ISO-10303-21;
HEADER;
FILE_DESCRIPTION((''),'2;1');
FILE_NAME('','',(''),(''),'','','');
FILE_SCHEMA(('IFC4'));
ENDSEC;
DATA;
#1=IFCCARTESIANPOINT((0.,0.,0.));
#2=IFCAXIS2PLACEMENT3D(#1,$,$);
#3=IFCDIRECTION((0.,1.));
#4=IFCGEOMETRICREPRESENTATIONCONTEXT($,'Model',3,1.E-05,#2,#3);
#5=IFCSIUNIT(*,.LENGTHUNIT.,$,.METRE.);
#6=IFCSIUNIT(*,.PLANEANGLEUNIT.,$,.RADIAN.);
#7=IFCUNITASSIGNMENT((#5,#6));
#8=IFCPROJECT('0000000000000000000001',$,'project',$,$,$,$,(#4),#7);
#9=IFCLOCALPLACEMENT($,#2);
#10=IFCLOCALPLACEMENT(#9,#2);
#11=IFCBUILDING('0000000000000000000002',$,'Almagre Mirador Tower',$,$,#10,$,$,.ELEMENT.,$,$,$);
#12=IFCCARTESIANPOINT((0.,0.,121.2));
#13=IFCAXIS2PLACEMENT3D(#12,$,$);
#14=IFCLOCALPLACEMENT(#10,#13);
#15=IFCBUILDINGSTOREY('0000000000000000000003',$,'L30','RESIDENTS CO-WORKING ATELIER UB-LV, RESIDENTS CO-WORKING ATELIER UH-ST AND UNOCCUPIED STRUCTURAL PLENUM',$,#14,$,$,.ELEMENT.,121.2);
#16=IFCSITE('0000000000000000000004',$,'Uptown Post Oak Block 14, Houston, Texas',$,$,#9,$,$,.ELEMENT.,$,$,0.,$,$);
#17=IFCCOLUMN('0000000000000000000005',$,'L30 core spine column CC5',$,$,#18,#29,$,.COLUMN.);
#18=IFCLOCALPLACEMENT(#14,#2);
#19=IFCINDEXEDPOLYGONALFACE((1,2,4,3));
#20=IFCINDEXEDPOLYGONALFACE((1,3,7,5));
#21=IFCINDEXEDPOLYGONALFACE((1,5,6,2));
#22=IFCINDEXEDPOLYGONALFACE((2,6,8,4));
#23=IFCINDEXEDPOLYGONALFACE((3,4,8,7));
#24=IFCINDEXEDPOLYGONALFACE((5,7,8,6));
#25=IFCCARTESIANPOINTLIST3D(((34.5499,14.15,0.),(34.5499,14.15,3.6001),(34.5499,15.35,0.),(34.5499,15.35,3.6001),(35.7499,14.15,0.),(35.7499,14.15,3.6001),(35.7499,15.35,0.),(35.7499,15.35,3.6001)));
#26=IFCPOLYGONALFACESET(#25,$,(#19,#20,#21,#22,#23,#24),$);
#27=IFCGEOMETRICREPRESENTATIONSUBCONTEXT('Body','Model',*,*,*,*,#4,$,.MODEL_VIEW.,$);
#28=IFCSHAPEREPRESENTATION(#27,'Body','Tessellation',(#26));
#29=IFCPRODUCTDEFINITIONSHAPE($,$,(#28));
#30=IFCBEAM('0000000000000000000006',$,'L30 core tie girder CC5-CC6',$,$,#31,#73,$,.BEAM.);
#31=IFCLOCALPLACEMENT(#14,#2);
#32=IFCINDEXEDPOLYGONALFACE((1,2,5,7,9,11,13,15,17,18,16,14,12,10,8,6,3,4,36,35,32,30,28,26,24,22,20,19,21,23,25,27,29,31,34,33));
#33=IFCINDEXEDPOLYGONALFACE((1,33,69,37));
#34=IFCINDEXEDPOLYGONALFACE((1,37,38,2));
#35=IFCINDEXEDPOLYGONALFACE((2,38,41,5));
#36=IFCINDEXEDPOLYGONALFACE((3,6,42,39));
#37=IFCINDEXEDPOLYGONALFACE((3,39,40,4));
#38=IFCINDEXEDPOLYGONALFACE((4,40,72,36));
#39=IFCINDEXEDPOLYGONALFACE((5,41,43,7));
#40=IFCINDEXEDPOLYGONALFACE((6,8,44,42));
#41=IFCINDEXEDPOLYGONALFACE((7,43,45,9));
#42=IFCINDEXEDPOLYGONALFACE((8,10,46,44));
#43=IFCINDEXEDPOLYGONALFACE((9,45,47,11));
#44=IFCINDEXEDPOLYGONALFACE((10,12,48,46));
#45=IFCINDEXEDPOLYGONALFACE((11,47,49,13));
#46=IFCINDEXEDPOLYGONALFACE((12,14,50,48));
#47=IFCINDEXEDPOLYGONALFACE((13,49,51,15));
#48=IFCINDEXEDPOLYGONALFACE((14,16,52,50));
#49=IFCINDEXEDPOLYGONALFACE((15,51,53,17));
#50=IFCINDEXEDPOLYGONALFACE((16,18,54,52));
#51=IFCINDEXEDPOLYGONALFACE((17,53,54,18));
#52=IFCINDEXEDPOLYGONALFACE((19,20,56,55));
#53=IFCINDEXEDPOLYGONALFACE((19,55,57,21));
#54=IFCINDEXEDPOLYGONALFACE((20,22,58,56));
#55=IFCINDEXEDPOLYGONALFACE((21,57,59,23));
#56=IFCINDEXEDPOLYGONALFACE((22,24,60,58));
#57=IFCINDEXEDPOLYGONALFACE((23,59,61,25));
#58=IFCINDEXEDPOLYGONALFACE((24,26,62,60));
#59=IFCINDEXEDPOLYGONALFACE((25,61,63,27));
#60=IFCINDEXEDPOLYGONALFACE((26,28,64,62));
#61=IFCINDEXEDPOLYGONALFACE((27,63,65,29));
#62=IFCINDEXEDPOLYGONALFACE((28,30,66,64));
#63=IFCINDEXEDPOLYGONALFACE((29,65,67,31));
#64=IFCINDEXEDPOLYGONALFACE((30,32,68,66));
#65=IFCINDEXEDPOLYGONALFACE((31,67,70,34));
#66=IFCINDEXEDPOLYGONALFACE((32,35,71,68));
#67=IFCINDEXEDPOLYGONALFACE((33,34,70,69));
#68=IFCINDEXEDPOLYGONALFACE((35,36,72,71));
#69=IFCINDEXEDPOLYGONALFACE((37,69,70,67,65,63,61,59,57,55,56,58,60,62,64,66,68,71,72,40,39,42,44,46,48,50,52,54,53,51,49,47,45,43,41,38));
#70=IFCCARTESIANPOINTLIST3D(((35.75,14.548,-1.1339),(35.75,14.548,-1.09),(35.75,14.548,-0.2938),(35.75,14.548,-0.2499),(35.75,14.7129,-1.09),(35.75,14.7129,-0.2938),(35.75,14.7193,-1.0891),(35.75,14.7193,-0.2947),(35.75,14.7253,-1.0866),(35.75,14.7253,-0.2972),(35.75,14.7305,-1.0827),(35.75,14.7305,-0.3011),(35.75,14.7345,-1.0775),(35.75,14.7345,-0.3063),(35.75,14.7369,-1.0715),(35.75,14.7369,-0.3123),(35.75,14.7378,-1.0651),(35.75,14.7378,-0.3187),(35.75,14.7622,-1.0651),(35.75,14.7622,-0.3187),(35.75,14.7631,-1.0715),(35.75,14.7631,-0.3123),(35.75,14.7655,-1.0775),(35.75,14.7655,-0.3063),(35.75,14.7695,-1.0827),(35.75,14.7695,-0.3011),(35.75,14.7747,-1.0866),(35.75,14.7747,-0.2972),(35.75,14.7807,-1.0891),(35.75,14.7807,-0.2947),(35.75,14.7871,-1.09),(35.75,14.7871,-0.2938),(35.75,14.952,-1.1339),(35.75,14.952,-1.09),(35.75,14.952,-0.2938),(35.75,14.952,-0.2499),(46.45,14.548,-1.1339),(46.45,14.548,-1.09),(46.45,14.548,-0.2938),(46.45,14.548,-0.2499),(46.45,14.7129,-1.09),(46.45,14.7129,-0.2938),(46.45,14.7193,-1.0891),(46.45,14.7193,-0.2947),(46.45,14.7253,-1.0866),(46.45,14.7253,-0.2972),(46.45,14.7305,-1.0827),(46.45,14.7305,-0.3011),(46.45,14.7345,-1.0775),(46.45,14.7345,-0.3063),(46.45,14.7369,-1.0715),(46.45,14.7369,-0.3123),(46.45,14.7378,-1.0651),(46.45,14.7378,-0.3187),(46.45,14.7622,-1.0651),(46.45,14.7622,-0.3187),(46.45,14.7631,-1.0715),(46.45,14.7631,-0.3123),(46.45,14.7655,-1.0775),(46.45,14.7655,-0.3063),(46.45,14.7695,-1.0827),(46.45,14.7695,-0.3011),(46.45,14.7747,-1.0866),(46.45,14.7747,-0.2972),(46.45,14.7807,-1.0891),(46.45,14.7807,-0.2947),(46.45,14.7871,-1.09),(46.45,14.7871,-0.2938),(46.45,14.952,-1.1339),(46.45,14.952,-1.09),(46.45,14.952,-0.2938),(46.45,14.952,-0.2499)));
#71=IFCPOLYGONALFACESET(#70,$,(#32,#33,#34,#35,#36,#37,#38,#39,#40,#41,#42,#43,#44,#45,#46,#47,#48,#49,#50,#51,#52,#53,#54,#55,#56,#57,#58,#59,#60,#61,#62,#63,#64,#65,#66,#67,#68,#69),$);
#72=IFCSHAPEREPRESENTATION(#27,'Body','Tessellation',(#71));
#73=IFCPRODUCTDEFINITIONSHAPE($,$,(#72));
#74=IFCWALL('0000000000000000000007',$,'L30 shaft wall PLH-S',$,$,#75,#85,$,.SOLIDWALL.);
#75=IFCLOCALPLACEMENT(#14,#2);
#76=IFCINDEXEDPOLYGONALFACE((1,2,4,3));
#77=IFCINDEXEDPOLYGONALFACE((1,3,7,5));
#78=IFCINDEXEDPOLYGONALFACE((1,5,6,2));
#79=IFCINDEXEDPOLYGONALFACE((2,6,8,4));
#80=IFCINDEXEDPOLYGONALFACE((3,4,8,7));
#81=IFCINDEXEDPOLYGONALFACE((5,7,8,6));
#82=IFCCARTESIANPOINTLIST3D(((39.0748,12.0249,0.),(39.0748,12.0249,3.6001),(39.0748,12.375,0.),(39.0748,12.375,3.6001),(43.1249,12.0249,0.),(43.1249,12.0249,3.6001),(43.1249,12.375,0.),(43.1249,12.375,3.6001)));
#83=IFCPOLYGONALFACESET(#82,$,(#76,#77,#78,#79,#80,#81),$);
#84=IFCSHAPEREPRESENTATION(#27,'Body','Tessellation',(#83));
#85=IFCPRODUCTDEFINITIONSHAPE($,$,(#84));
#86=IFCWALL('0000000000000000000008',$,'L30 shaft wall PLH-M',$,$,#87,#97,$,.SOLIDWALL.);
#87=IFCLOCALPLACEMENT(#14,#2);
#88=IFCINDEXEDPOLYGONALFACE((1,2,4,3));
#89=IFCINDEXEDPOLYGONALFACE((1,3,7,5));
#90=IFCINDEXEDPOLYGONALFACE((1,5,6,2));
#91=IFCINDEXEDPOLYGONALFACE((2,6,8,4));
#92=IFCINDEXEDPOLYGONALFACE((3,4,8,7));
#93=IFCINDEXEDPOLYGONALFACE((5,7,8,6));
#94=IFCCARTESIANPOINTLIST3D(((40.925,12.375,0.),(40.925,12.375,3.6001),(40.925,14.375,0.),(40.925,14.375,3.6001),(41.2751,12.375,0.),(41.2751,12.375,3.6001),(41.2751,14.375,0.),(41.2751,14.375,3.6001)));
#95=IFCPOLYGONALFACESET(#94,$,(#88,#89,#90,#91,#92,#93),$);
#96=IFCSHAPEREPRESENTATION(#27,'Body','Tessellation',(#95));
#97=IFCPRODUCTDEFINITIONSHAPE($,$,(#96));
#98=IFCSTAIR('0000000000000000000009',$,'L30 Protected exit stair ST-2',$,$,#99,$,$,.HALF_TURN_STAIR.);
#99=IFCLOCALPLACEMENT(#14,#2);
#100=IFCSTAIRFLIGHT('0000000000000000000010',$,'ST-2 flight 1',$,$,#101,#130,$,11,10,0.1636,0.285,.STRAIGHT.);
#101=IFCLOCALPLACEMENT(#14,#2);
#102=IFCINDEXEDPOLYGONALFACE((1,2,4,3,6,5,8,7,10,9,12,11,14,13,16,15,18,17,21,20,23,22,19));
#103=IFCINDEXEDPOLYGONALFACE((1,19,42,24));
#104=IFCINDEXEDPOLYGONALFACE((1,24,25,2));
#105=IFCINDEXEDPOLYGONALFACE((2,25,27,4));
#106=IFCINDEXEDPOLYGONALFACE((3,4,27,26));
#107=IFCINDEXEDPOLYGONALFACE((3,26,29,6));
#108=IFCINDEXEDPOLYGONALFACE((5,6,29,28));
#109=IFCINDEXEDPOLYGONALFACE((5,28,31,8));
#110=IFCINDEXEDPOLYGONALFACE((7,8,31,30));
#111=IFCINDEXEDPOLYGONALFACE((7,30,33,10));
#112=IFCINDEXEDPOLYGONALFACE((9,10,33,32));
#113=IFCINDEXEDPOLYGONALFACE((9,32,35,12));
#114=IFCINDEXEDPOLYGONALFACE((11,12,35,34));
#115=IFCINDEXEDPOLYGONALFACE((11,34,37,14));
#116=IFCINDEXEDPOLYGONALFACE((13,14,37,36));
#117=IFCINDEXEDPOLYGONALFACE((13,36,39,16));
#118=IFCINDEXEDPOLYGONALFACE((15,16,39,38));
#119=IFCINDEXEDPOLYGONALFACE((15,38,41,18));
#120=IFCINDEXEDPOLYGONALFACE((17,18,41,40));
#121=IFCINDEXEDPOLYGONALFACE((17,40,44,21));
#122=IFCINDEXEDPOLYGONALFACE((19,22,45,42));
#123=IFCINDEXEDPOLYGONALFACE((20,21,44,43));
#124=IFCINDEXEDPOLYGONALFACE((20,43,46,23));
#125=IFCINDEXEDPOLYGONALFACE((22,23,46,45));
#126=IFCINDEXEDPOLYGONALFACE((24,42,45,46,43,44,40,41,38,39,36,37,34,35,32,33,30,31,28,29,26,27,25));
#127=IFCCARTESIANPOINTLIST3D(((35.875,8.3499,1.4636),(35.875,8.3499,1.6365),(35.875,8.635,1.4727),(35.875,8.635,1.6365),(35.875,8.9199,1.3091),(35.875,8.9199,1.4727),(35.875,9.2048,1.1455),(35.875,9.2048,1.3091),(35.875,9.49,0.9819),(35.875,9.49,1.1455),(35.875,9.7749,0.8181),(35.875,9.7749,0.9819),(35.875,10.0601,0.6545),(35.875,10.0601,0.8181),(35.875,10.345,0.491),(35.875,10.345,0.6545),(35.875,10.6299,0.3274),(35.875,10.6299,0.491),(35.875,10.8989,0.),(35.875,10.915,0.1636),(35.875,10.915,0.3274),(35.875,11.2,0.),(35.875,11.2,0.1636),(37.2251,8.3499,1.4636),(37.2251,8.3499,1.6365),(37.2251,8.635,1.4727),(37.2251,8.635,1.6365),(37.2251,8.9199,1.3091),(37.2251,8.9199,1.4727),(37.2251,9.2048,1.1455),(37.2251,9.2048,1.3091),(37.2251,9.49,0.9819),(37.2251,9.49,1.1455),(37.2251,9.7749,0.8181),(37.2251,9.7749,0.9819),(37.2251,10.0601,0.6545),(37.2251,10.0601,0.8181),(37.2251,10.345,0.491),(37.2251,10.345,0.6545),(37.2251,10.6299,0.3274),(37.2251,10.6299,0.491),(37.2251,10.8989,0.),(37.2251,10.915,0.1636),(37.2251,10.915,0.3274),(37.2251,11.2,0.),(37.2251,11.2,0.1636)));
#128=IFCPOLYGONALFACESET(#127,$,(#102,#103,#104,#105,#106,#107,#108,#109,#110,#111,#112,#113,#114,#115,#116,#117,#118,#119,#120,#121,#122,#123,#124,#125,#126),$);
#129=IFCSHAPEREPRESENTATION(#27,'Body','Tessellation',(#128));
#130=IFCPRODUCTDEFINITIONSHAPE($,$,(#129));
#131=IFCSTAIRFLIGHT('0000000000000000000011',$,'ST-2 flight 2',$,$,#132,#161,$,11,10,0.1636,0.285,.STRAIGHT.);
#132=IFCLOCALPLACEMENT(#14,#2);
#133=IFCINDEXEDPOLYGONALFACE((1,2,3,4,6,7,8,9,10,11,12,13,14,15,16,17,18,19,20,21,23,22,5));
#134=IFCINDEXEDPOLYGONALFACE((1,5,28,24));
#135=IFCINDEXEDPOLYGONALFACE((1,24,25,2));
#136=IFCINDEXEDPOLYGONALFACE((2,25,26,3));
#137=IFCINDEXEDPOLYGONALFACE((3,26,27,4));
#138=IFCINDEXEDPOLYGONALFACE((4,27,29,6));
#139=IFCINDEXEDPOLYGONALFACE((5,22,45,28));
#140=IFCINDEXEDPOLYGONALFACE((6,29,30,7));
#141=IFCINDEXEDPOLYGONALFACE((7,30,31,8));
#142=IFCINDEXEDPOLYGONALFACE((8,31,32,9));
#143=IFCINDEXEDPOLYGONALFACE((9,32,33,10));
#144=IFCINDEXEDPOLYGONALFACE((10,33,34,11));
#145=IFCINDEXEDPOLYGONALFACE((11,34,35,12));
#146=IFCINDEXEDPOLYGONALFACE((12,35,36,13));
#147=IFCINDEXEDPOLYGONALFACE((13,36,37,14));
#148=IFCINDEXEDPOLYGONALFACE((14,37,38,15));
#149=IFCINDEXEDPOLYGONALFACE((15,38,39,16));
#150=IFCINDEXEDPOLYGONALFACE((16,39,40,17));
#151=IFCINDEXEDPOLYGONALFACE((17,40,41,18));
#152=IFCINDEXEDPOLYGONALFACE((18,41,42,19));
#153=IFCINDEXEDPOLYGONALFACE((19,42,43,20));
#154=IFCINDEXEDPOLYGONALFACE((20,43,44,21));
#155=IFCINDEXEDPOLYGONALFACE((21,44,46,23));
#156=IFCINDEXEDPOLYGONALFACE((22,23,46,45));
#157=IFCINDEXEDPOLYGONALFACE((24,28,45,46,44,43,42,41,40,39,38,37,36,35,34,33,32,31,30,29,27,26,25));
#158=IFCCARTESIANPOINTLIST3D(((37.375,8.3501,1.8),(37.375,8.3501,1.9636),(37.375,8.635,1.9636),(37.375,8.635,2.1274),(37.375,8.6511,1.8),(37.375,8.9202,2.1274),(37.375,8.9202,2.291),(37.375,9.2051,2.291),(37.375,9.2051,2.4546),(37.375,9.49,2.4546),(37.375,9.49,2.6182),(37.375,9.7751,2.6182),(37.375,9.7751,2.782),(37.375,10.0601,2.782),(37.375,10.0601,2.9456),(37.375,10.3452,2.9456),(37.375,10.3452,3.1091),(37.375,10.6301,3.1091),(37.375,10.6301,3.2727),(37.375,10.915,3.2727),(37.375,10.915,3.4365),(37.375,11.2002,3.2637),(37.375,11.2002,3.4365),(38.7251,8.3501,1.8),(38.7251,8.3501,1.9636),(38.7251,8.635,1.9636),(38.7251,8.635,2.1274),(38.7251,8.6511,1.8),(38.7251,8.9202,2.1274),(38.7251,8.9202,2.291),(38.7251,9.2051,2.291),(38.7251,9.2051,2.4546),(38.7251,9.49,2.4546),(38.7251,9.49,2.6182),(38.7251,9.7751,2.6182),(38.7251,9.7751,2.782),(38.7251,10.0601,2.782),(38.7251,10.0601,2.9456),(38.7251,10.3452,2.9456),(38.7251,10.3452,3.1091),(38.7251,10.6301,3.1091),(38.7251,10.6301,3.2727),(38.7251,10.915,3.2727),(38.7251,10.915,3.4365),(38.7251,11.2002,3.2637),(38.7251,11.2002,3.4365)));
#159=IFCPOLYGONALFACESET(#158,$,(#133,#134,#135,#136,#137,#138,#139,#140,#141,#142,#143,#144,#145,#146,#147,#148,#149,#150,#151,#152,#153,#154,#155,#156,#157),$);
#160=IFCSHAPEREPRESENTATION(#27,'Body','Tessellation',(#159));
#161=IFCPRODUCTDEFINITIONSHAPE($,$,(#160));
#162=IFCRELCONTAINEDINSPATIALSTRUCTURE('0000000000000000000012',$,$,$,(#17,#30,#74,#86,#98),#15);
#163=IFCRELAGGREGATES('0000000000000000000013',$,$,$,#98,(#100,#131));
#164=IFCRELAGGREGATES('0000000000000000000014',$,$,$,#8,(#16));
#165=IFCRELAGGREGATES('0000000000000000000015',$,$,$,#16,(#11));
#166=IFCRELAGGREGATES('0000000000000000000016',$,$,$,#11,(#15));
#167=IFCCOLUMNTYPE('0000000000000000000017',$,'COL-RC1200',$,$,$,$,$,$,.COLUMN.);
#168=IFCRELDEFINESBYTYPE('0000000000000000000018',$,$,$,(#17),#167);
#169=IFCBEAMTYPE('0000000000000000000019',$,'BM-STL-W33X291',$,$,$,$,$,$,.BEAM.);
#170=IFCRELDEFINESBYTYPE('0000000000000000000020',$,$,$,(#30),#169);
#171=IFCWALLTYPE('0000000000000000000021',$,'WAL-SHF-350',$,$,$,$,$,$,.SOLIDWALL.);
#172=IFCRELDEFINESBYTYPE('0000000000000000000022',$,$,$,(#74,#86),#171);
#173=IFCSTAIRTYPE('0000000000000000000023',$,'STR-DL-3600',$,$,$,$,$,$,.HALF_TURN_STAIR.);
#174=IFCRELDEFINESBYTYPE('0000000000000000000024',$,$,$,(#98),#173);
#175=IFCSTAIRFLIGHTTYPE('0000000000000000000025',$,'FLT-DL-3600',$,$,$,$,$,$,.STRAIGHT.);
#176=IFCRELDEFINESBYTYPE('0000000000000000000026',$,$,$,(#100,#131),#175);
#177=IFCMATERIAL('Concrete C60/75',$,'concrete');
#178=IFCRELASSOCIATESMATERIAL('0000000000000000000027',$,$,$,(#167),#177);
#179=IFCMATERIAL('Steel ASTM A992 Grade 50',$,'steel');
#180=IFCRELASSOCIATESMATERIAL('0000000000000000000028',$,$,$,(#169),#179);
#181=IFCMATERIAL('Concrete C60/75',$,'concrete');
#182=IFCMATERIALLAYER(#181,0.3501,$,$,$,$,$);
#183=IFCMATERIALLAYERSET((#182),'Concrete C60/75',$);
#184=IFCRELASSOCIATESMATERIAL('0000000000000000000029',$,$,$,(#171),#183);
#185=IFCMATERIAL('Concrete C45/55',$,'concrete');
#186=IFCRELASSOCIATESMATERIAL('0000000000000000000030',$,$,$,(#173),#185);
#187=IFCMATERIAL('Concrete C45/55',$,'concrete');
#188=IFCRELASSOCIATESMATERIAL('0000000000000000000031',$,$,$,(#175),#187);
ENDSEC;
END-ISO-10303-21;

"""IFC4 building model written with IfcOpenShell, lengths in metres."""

from ifc_helpers import new_model, si_unit, direction, frame, frame_2d, origin, origin_2d, place, context, subcontext, project, spatial, polyline, rectangle, i_section, outline, extrude, material, layer, layer_set, material_profile, profile_set, type_object, element, aggregate, save


model = new_model("IFC4")

# Units and contexts
model_context = context("Model", 3, precision=1e-05, world=origin(), true_north=direction((0.0, 1.0)))
body_context = subcontext(model_context, "Body", "Model", "MODEL_VIEW")
ifc_project = project(units=[si_unit("LENGTHUNIT", "METRE"), si_unit("PLANEANGLEUNIT", "RADIAN")], contexts=[model_context])

# Site, building, storey
site_placement = place(None, origin())
site = spatial("IfcSite", under=ifc_project, at=site_placement, Name="Uptown Post Oak Block 14, Houston, Texas", CompositionType="ELEMENT", RefElevation=0.0)
building_placement = place(site_placement, origin())
building = spatial("IfcBuilding", under=site, at=building_placement, Name="Almagre Mirador Tower", CompositionType="ELEMENT")
storey_placement = place(building_placement, frame((0.0, 0.0, 121.2)))
storey = spatial("IfcBuildingStorey", under=building, at=storey_placement, Name="L30", Description="RESIDENTS CO-WORKING ATELIER UB-LV, RESIDENTS CO-WORKING ATELIER UH-ST AND UNOCCUPIED STRUCTURAL PLENUM", CompositionType="ELEMENT", Elevation=121.2)

# Column
ifc_material_1 = material(Name="Concrete C60/75", Category="concrete")
ifc_material_profile_1 = material_profile(ifc_material_1, rectangle(XDim=1.2, YDim=1.2, at=origin_2d()), Name="RC1200X1200")
ifc_profile_set_1 = profile_set([ifc_material_profile_1], Name="Concrete C60/75")
column_type = type_object("IfcColumnType", Name="COL-RC1200", PredefinedType="COLUMN", material=ifc_profile_set_1)
column_placement = place(storey_placement, frame((35.1499, 14.75, 0.0), z_axis=(0.0, 0.0, 1.0), x_axis=(1.0, 0.0, 0.0)))
element("IfcColumn", 1, at=column_placement, inside=storey, type_object=column_type, Name="L30 core spine column CC5", PredefinedType="COLUMN", context=body_context, shape_type="SweptSolid", body=[
    extrude(rectangle(XDim=1.2, YDim=1.2, at=origin_2d()), origin(), (0.0, 0.0, 1.0), 3.6001),
])

# Beam
ifc_material_2 = material(Name="Steel ASTM A992 Grade 50", Category="steel")
ifc_material_profile_2 = material_profile(ifc_material_2, i_section(OverallWidth=0.4041, OverallDepth=0.884, WebThickness=0.0244, FlangeThickness=0.0439, FilletRadius=0.0249, at=origin_2d()), Name="W33X291")
ifc_profile_set_2 = profile_set([ifc_material_profile_2], Name="Steel ASTM A992 Grade 50")
beam_type = type_object("IfcBeamType", Name="BM-STL-W33X291", PredefinedType="BEAM", material=ifc_profile_set_2)
beam_placement = place(storey_placement, frame((35.75, 14.75, -0.6919), z_axis=(1.0, 0.0, 0.0), x_axis=(0.0, 1.0, 0.0)))
element("IfcBeam", 2, at=beam_placement, inside=storey, type_object=beam_type, Name="L30 core tie girder CC5-CC6", PredefinedType="BEAM", context=body_context, shape_type="SweptSolid", body=[
    extrude(i_section(OverallWidth=0.4041, OverallDepth=0.884, WebThickness=0.0244, FlangeThickness=0.0439, FilletRadius=0.0249, at=origin_2d()), origin(), (0.0, 0.0, 1.0), 10.7),
])

# Walls
ifc_material_3 = material(Name="Concrete C60/75", Category="concrete")
ifc_layer_1 = layer(ifc_material_3, 0.3501)
ifc_layer_set_1 = layer_set([ifc_layer_1], Name="Concrete C60/75")
wall_type_1 = type_object("IfcWallType", Name="WAL-SHF-350", PredefinedType="SOLIDWALL", material=ifc_layer_set_1)
wall_1_placement = place(storey_placement, frame((39.075, 12.2, 0.0), z_axis=(0.0, 0.0, 1.0), x_axis=(1.0, 0.0, 0.0)))
element("IfcWall", 3, at=wall_1_placement, inside=storey, type_object=wall_type_1, Name="L30 shaft wall PLH-S", PredefinedType="SOLIDWALL", context=body_context, shape_type="SweptSolid", body=[
    extrude(rectangle(XDim=4.05, YDim=0.3501, at=frame_2d((2.0249, 0.0))), origin(), (0.0, 0.0, 1.0), 3.6001),
])
wall_2_placement = place(storey_placement, frame((41.1001, 12.375, 0.0), z_axis=(0.0, 0.0, 1.0), x_axis=(0.0, 1.0, 0.0)))
element("IfcWall", 4, at=wall_2_placement, inside=storey, type_object=wall_type_1, Name="L30 shaft wall PLH-M", PredefinedType="SOLIDWALL", context=body_context, shape_type="SweptSolid", body=[
    extrude(rectangle(XDim=2.0, YDim=0.3501, at=frame_2d((1.0, 0.0))), origin(), (0.0, 0.0, 1.0), 3.6001),
])

# Stair, stair flights
ifc_material_4 = material(Name="Concrete C45/55", Category="concrete")
stair_type = type_object("IfcStairType", Name="STR-DL-3600", PredefinedType="HALF_TURN_STAIR", material=ifc_material_4)
stair_1_placement = place(storey_placement, origin())
stair_1 = element("IfcStair", 5, at=stair_1_placement, inside=storey, type_object=stair_type, Name="L30 Protected exit stair ST-2", PredefinedType="HALF_TURN_STAIR")
ifc_material_5 = material(Name="Concrete C45/55", Category="concrete")
stair_flight_type = type_object("IfcStairFlightType", Name="FLT-DL-3600", PredefinedType="STRAIGHT", material=ifc_material_5)
stair_flight_1_placement = place(storey_placement, frame((36.55, 11.2, 0.0), z_axis=(0.0, 0.0, 1.0), x_axis=(0.0, -1.0, 0.0)))
stair_flight_1 = element("IfcStairFlight", 6, at=stair_flight_1_placement, type_object=stair_flight_type, Name="ST-2 flight 1", NumberOfRisers=11, NumberOfTreads=10, PredefinedType="STRAIGHT", RiserHeight=0.1636, TreadLength=0.285, context=body_context, shape_type="SweptSolid", body=[
    extrude(outline(polyline([(0.0, 0.0), (0.0, 0.1636), (0.2849, 0.1636), (0.2849, 0.3274), (0.5701, 0.3274), (0.5701, 0.491), (0.855, 0.491), (0.855, 0.6545), (1.1399, 0.6545), (1.1399, 0.8181), (1.425, 0.8181), (1.425, 0.9819), (1.71, 0.9819), (1.71, 1.1455), (1.9951, 1.1455), (1.9951, 1.3091), (2.28, 1.3091), (2.28, 1.4727), (2.5649, 1.4727), (2.5649, 1.6365), (2.8501, 1.6365), (2.8501, 1.8), (2.8501, 1.4636), (0.301, 0.0), (0.0, 0.0)])), frame((0.0, 0.675, 0.0), z_axis=(0.0, -1.0, 0.0), x_axis=(1.0, 0.0, 0.0)), (0.0, 0.0, 1.0), 1.3501),
])
stair_flight_2_placement = place(storey_placement, frame((38.05, 8.3501, 1.8), z_axis=(0.0, 0.0, 1.0), x_axis=(0.0, 1.0, 0.0)))
stair_flight_2 = element("IfcStairFlight", 7, at=stair_flight_2_placement, type_object=stair_flight_type, Name="ST-2 flight 2", NumberOfRisers=11, NumberOfTreads=10, PredefinedType="STRAIGHT", RiserHeight=0.1636, TreadLength=0.285, context=body_context, shape_type="SweptSolid", body=[
    extrude(outline(polyline([(0.0, 0.0), (0.0, 0.1636), (0.2849, 0.1636), (0.2849, 0.3274), (0.5701, 0.3274), (0.5701, 0.491), (0.855, 0.491), (0.855, 0.6545), (1.1399, 0.6545), (1.1399, 0.8181), (1.425, 0.8181), (1.425, 0.9819), (1.71, 0.9819), (1.71, 1.1455), (1.9951, 1.1455), (1.9951, 1.3091), (2.28, 1.3091), (2.28, 1.4727), (2.5649, 1.4727), (2.5649, 1.6365), (2.8501, 1.6365), (2.8501, 1.8), (2.8501, 1.4636), (0.301, 0.0), (0.0, 0.0)])), frame((0.0, 0.675, 0.0), z_axis=(0.0, -1.0, 0.0), x_axis=(1.0, 0.0, 0.0)), (0.0, 0.0, 1.0), 1.3501),
])
aggregate(stair_1, [stair_flight_1, stair_flight_2])

save(model, "model.ifc")
